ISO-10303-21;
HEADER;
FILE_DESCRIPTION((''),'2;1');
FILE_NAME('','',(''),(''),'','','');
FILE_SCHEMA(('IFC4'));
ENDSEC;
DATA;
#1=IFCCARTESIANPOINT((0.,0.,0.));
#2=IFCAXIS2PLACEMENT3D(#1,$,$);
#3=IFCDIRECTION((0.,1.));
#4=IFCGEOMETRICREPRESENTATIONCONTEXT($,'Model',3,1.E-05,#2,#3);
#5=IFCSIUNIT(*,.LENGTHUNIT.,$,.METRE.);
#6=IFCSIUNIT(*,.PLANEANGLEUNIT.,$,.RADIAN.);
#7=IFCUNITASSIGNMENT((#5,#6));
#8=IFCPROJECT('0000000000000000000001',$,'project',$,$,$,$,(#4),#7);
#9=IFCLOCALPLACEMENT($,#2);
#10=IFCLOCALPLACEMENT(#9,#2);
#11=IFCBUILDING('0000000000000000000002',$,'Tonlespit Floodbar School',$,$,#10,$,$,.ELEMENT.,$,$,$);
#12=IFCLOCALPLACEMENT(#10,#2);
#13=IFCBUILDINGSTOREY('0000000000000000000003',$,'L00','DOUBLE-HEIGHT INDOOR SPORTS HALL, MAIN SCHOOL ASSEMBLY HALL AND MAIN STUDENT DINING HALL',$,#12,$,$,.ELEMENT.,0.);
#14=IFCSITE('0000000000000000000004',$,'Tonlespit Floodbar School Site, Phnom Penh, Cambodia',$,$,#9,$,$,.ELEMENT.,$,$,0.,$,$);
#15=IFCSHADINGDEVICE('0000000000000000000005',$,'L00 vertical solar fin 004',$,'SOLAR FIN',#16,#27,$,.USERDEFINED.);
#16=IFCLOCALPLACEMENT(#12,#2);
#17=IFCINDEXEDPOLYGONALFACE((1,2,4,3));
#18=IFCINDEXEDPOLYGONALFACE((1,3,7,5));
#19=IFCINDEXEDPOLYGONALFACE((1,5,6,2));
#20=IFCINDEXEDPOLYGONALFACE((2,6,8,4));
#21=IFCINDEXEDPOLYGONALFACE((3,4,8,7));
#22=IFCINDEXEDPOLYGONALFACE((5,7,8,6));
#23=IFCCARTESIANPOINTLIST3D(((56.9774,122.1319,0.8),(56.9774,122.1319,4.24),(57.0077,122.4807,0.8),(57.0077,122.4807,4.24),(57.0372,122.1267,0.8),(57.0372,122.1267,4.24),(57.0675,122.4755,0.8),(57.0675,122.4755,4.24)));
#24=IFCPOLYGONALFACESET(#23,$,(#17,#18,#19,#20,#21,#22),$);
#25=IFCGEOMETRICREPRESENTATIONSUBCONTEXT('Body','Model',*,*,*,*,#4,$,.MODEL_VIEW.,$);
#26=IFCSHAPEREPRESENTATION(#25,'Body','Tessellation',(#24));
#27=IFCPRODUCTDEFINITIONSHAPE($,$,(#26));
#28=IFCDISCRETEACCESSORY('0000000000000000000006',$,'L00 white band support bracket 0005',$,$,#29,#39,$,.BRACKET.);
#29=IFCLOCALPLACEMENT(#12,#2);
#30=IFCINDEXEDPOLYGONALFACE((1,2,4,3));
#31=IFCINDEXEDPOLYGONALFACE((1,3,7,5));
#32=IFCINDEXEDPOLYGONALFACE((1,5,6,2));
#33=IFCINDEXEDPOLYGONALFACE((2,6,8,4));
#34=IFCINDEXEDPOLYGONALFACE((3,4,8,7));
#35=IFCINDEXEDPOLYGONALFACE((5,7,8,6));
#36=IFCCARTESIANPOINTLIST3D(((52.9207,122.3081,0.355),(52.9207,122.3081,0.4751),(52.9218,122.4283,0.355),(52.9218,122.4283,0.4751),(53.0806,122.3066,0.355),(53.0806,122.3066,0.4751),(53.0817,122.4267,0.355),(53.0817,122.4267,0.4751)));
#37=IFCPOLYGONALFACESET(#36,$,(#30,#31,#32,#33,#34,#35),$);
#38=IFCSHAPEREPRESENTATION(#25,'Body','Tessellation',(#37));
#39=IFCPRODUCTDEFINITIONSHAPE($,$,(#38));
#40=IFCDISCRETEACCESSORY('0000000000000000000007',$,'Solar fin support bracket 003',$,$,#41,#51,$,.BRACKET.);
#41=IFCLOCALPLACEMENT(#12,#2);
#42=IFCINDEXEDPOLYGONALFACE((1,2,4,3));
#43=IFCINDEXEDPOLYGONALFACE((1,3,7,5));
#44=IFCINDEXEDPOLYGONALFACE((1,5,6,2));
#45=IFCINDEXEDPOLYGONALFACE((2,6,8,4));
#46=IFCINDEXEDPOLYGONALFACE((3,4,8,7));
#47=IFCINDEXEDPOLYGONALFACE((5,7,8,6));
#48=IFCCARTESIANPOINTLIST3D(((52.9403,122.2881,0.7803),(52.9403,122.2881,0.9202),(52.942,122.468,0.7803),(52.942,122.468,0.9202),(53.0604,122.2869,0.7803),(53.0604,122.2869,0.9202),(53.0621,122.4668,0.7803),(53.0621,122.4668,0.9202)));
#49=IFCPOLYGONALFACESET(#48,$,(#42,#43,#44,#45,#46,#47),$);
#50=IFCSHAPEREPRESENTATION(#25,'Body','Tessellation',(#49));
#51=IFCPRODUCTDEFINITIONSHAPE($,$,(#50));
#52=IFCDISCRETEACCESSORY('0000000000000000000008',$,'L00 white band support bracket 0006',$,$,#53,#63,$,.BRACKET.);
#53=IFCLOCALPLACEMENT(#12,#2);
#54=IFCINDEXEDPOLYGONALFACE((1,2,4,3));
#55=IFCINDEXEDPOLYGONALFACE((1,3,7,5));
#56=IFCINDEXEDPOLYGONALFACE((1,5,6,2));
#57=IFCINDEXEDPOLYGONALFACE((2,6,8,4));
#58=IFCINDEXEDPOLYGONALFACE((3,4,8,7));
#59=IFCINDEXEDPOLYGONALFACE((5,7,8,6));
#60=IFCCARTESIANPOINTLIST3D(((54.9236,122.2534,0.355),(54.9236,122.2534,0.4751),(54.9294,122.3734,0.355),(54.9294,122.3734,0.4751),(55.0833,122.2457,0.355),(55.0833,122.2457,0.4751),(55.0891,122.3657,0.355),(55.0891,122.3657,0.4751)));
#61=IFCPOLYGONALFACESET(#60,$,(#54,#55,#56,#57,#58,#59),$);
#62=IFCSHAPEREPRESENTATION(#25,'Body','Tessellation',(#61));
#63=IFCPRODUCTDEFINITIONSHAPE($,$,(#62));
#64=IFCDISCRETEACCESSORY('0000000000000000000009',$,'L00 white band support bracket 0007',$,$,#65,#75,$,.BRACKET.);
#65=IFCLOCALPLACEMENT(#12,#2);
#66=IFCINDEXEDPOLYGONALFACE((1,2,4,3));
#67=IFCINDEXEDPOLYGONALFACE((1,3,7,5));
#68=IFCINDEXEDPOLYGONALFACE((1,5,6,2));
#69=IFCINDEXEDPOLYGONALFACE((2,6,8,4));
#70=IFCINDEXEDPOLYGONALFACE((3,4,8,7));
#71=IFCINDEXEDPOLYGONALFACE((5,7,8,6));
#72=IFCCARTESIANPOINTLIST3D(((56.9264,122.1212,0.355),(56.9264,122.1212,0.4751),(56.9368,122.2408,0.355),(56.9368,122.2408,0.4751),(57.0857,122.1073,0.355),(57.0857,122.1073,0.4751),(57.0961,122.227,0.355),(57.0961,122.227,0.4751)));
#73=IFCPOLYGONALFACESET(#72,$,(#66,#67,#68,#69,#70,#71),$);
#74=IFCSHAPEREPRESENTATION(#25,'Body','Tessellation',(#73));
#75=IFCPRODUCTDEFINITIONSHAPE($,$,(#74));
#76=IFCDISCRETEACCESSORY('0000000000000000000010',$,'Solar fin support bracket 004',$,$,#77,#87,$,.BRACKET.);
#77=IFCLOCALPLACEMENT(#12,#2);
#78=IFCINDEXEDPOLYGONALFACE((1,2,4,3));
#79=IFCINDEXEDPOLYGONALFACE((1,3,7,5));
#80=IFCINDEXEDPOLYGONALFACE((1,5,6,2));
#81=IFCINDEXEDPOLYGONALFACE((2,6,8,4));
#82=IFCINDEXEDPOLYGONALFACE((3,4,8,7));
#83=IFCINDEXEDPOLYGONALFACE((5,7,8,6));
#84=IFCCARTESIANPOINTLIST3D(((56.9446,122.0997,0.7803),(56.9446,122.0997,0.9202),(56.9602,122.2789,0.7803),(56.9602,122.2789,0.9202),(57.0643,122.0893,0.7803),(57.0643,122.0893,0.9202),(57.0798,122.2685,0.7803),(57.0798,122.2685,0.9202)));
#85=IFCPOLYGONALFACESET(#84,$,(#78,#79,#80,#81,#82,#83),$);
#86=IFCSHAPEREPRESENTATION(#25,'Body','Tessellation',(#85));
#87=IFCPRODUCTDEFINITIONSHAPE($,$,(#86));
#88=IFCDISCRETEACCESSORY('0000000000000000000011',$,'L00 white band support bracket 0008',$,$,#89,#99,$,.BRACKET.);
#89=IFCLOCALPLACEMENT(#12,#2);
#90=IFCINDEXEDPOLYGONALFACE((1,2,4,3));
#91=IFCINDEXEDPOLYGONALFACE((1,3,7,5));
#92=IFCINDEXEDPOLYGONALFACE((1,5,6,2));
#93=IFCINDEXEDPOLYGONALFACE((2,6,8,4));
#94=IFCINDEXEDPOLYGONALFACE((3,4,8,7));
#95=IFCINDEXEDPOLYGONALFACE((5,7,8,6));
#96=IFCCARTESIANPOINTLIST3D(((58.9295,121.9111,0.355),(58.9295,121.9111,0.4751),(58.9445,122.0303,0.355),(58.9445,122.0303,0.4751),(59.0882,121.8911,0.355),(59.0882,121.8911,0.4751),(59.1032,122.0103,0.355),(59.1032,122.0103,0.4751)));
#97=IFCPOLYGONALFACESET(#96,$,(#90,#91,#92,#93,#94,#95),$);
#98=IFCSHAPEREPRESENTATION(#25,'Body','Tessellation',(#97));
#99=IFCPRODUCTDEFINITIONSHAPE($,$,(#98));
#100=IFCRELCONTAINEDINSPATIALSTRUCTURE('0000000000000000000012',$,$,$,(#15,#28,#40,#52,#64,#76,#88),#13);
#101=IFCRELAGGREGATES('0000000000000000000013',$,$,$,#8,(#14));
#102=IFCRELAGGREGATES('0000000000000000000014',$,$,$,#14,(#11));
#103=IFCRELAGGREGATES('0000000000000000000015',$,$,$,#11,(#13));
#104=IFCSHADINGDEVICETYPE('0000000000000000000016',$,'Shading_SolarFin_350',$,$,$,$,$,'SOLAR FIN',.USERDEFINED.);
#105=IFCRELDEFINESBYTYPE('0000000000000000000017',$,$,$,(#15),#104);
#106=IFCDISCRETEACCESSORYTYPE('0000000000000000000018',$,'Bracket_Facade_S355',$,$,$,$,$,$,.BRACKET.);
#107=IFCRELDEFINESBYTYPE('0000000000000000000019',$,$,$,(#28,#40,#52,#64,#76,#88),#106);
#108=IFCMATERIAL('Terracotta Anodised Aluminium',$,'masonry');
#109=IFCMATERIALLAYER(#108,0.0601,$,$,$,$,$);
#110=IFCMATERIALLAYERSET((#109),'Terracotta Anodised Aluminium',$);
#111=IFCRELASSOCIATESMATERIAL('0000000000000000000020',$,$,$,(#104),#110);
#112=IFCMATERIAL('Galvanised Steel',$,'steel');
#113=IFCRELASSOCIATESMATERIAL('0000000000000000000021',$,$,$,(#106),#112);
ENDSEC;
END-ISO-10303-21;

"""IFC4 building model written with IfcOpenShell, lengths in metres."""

from ifc_helpers import new_model, si_unit, direction, frame, origin, origin_2d, place, context, subcontext, project, spatial, rectangle, extrude, material, layer, layer_set, type_object, element, save


model = new_model("IFC4")

# Units and contexts
model_context = context("Model", 3, precision=1e-05, world=origin(), true_north=direction((0.0, 1.0)))
body_context = subcontext(model_context, "Body", "Model", "MODEL_VIEW")
ifc_project = project(units=[si_unit("LENGTHUNIT", "METRE"), si_unit("PLANEANGLEUNIT", "RADIAN")], contexts=[model_context])

# Site, building, storey
site_placement = place(None, origin())
site = spatial("IfcSite", under=ifc_project, at=site_placement, Name="Tonlespit Floodbar School Site, Phnom Penh, Cambodia", CompositionType="ELEMENT", RefElevation=0.0)
building_placement = place(site_placement, origin())
building = spatial("IfcBuilding", under=site, at=building_placement, Name="Tonlespit Floodbar School", CompositionType="ELEMENT")
storey_placement = place(building_placement, origin())
storey = spatial("IfcBuildingStorey", under=building, at=storey_placement, Name="L00", Description="DOUBLE-HEIGHT INDOOR SPORTS HALL, MAIN SCHOOL ASSEMBLY HALL AND MAIN STUDENT DINING HALL", CompositionType="ELEMENT", Elevation=0.0)

# Shading device
ifc_material_1 = material(Name="Terracotta Anodised Aluminium", Category="masonry")
ifc_layer_1 = layer(ifc_material_1, 0.0601)
ifc_layer_set_1 = layer_set([ifc_layer_1], Name="Terracotta Anodised Aluminium")
shading_device_type = type_object("IfcShadingDeviceType", Name="Shading_SolarFin_350", ElementType="SOLAR FIN", PredefinedType="USERDEFINED", material=ifc_layer_set_1)
for number, where, z_axis, x_axis, name in (
    (1, (57.0225, 122.3037, 0.8), (0.0, 0.0, 1.0), (0.996245, -0.086573, 0.0), "L00 vertical solar fin 004"),
):
    element("IfcShadingDevice", number, at=place(storey_placement, frame(where, z_axis=z_axis, x_axis=x_axis)), inside=storey, type_object=shading_device_type, Name=name, ObjectType="SOLAR FIN", PredefinedType="USERDEFINED", context=body_context, shape_type="SweptSolid", body=[
        extrude(rectangle(XDim=0.0601, YDim=0.3501, at=origin_2d()), origin(), (0.0, 0.0, 1.0), 3.4399),
    ])

# Discrete accessories
ifc_material_2 = material(Name="Galvanised Steel", Category="steel")
discrete_accessory_type = type_object("IfcDiscreteAccessoryType", Name="Bracket_Facade_S355", PredefinedType="BRACKET", material=ifc_material_2)
discrete_accessory_1_placement = place(storey_placement, frame((53.0012, 122.3674, 0.355), z_axis=(0.0, 0.0, 1.0), x_axis=(0.999954, -0.009599, 0.0)))
element("IfcDiscreteAccessory", 2, at=discrete_accessory_1_placement, inside=storey, type_object=discrete_accessory_type, Name="L00 white band support bracket 0005", PredefinedType="BRACKET", context=body_context, shape_type="SweptSolid", body=[
    extrude(rectangle(XDim=0.1599, YDim=0.1201, at=origin_2d()), origin(), (0.0, 0.0, 1.0), 0.1201),
])
discrete_accessory_2_placement = place(storey_placement, frame((53.0012, 122.3774, 0.7803), z_axis=(0.0, 0.0, 1.0), x_axis=(0.999954, -0.009599, 0.0)))
element("IfcDiscreteAccessory", 3, at=discrete_accessory_2_placement, inside=storey, type_object=discrete_accessory_type, Name="Solar fin support bracket 003", PredefinedType="BRACKET", context=body_context, shape_type="SweptSolid", body=[
    extrude(rectangle(XDim=0.1201, YDim=0.1799, at=origin_2d()), origin(), (0.0, 0.0, 1.0), 0.1399),
])
for number, where, z_axis, x_axis, name in (
    (4, (55.0063, 122.3096, 0.355), (0.0, 0.0, 1.0), (0.998843, -0.048095, 0.0), "L00 white band support bracket 0006"),
    (5, (57.0112, 122.1741, 0.355), (0.0, 0.0, 1.0), (0.996245, -0.086573, 0.0), "L00 white band support bracket 0007"),
):
    element("IfcDiscreteAccessory", number, at=place(storey_placement, frame(where, z_axis=z_axis, x_axis=x_axis)), inside=storey, type_object=discrete_accessory_type, Name=name, PredefinedType="BRACKET", context=body_context, shape_type="SweptSolid", body=[
        extrude(rectangle(XDim=0.1599, YDim=0.1201, at=origin_2d()), origin(), (0.0, 0.0, 1.0), 0.1201),
    ])
discrete_accessory_3_placement = place(storey_placement, frame((57.0122, 122.1841, 0.7803), z_axis=(0.0, 0.0, 1.0), x_axis=(0.996245, -0.086573, 0.0)))
element("IfcDiscreteAccessory", 6, at=discrete_accessory_3_placement, inside=storey, type_object=discrete_accessory_type, Name="Solar fin support bracket 004", PredefinedType="BRACKET", context=body_context, shape_type="SweptSolid", body=[
    extrude(rectangle(XDim=0.1201, YDim=0.1799, at=origin_2d()), origin(), (0.0, 0.0, 1.0), 0.1399),
])
discrete_accessory_4_placement = place(storey_placement, frame((59.0164, 121.9607, 0.355), z_axis=(0.0, 0.0, 1.0), x_axis=(0.992155, -0.125011, 0.0)))
element("IfcDiscreteAccessory", 7, at=discrete_accessory_4_placement, inside=storey, type_object=discrete_accessory_type, Name="L00 white band support bracket 0008", PredefinedType="BRACKET", context=body_context, shape_type="SweptSolid", body=[
    extrude(rectangle(XDim=0.1599, YDim=0.1201, at=origin_2d()), origin(), (0.0, 0.0, 1.0), 0.1201),
])

save(model, "model.ifc")
